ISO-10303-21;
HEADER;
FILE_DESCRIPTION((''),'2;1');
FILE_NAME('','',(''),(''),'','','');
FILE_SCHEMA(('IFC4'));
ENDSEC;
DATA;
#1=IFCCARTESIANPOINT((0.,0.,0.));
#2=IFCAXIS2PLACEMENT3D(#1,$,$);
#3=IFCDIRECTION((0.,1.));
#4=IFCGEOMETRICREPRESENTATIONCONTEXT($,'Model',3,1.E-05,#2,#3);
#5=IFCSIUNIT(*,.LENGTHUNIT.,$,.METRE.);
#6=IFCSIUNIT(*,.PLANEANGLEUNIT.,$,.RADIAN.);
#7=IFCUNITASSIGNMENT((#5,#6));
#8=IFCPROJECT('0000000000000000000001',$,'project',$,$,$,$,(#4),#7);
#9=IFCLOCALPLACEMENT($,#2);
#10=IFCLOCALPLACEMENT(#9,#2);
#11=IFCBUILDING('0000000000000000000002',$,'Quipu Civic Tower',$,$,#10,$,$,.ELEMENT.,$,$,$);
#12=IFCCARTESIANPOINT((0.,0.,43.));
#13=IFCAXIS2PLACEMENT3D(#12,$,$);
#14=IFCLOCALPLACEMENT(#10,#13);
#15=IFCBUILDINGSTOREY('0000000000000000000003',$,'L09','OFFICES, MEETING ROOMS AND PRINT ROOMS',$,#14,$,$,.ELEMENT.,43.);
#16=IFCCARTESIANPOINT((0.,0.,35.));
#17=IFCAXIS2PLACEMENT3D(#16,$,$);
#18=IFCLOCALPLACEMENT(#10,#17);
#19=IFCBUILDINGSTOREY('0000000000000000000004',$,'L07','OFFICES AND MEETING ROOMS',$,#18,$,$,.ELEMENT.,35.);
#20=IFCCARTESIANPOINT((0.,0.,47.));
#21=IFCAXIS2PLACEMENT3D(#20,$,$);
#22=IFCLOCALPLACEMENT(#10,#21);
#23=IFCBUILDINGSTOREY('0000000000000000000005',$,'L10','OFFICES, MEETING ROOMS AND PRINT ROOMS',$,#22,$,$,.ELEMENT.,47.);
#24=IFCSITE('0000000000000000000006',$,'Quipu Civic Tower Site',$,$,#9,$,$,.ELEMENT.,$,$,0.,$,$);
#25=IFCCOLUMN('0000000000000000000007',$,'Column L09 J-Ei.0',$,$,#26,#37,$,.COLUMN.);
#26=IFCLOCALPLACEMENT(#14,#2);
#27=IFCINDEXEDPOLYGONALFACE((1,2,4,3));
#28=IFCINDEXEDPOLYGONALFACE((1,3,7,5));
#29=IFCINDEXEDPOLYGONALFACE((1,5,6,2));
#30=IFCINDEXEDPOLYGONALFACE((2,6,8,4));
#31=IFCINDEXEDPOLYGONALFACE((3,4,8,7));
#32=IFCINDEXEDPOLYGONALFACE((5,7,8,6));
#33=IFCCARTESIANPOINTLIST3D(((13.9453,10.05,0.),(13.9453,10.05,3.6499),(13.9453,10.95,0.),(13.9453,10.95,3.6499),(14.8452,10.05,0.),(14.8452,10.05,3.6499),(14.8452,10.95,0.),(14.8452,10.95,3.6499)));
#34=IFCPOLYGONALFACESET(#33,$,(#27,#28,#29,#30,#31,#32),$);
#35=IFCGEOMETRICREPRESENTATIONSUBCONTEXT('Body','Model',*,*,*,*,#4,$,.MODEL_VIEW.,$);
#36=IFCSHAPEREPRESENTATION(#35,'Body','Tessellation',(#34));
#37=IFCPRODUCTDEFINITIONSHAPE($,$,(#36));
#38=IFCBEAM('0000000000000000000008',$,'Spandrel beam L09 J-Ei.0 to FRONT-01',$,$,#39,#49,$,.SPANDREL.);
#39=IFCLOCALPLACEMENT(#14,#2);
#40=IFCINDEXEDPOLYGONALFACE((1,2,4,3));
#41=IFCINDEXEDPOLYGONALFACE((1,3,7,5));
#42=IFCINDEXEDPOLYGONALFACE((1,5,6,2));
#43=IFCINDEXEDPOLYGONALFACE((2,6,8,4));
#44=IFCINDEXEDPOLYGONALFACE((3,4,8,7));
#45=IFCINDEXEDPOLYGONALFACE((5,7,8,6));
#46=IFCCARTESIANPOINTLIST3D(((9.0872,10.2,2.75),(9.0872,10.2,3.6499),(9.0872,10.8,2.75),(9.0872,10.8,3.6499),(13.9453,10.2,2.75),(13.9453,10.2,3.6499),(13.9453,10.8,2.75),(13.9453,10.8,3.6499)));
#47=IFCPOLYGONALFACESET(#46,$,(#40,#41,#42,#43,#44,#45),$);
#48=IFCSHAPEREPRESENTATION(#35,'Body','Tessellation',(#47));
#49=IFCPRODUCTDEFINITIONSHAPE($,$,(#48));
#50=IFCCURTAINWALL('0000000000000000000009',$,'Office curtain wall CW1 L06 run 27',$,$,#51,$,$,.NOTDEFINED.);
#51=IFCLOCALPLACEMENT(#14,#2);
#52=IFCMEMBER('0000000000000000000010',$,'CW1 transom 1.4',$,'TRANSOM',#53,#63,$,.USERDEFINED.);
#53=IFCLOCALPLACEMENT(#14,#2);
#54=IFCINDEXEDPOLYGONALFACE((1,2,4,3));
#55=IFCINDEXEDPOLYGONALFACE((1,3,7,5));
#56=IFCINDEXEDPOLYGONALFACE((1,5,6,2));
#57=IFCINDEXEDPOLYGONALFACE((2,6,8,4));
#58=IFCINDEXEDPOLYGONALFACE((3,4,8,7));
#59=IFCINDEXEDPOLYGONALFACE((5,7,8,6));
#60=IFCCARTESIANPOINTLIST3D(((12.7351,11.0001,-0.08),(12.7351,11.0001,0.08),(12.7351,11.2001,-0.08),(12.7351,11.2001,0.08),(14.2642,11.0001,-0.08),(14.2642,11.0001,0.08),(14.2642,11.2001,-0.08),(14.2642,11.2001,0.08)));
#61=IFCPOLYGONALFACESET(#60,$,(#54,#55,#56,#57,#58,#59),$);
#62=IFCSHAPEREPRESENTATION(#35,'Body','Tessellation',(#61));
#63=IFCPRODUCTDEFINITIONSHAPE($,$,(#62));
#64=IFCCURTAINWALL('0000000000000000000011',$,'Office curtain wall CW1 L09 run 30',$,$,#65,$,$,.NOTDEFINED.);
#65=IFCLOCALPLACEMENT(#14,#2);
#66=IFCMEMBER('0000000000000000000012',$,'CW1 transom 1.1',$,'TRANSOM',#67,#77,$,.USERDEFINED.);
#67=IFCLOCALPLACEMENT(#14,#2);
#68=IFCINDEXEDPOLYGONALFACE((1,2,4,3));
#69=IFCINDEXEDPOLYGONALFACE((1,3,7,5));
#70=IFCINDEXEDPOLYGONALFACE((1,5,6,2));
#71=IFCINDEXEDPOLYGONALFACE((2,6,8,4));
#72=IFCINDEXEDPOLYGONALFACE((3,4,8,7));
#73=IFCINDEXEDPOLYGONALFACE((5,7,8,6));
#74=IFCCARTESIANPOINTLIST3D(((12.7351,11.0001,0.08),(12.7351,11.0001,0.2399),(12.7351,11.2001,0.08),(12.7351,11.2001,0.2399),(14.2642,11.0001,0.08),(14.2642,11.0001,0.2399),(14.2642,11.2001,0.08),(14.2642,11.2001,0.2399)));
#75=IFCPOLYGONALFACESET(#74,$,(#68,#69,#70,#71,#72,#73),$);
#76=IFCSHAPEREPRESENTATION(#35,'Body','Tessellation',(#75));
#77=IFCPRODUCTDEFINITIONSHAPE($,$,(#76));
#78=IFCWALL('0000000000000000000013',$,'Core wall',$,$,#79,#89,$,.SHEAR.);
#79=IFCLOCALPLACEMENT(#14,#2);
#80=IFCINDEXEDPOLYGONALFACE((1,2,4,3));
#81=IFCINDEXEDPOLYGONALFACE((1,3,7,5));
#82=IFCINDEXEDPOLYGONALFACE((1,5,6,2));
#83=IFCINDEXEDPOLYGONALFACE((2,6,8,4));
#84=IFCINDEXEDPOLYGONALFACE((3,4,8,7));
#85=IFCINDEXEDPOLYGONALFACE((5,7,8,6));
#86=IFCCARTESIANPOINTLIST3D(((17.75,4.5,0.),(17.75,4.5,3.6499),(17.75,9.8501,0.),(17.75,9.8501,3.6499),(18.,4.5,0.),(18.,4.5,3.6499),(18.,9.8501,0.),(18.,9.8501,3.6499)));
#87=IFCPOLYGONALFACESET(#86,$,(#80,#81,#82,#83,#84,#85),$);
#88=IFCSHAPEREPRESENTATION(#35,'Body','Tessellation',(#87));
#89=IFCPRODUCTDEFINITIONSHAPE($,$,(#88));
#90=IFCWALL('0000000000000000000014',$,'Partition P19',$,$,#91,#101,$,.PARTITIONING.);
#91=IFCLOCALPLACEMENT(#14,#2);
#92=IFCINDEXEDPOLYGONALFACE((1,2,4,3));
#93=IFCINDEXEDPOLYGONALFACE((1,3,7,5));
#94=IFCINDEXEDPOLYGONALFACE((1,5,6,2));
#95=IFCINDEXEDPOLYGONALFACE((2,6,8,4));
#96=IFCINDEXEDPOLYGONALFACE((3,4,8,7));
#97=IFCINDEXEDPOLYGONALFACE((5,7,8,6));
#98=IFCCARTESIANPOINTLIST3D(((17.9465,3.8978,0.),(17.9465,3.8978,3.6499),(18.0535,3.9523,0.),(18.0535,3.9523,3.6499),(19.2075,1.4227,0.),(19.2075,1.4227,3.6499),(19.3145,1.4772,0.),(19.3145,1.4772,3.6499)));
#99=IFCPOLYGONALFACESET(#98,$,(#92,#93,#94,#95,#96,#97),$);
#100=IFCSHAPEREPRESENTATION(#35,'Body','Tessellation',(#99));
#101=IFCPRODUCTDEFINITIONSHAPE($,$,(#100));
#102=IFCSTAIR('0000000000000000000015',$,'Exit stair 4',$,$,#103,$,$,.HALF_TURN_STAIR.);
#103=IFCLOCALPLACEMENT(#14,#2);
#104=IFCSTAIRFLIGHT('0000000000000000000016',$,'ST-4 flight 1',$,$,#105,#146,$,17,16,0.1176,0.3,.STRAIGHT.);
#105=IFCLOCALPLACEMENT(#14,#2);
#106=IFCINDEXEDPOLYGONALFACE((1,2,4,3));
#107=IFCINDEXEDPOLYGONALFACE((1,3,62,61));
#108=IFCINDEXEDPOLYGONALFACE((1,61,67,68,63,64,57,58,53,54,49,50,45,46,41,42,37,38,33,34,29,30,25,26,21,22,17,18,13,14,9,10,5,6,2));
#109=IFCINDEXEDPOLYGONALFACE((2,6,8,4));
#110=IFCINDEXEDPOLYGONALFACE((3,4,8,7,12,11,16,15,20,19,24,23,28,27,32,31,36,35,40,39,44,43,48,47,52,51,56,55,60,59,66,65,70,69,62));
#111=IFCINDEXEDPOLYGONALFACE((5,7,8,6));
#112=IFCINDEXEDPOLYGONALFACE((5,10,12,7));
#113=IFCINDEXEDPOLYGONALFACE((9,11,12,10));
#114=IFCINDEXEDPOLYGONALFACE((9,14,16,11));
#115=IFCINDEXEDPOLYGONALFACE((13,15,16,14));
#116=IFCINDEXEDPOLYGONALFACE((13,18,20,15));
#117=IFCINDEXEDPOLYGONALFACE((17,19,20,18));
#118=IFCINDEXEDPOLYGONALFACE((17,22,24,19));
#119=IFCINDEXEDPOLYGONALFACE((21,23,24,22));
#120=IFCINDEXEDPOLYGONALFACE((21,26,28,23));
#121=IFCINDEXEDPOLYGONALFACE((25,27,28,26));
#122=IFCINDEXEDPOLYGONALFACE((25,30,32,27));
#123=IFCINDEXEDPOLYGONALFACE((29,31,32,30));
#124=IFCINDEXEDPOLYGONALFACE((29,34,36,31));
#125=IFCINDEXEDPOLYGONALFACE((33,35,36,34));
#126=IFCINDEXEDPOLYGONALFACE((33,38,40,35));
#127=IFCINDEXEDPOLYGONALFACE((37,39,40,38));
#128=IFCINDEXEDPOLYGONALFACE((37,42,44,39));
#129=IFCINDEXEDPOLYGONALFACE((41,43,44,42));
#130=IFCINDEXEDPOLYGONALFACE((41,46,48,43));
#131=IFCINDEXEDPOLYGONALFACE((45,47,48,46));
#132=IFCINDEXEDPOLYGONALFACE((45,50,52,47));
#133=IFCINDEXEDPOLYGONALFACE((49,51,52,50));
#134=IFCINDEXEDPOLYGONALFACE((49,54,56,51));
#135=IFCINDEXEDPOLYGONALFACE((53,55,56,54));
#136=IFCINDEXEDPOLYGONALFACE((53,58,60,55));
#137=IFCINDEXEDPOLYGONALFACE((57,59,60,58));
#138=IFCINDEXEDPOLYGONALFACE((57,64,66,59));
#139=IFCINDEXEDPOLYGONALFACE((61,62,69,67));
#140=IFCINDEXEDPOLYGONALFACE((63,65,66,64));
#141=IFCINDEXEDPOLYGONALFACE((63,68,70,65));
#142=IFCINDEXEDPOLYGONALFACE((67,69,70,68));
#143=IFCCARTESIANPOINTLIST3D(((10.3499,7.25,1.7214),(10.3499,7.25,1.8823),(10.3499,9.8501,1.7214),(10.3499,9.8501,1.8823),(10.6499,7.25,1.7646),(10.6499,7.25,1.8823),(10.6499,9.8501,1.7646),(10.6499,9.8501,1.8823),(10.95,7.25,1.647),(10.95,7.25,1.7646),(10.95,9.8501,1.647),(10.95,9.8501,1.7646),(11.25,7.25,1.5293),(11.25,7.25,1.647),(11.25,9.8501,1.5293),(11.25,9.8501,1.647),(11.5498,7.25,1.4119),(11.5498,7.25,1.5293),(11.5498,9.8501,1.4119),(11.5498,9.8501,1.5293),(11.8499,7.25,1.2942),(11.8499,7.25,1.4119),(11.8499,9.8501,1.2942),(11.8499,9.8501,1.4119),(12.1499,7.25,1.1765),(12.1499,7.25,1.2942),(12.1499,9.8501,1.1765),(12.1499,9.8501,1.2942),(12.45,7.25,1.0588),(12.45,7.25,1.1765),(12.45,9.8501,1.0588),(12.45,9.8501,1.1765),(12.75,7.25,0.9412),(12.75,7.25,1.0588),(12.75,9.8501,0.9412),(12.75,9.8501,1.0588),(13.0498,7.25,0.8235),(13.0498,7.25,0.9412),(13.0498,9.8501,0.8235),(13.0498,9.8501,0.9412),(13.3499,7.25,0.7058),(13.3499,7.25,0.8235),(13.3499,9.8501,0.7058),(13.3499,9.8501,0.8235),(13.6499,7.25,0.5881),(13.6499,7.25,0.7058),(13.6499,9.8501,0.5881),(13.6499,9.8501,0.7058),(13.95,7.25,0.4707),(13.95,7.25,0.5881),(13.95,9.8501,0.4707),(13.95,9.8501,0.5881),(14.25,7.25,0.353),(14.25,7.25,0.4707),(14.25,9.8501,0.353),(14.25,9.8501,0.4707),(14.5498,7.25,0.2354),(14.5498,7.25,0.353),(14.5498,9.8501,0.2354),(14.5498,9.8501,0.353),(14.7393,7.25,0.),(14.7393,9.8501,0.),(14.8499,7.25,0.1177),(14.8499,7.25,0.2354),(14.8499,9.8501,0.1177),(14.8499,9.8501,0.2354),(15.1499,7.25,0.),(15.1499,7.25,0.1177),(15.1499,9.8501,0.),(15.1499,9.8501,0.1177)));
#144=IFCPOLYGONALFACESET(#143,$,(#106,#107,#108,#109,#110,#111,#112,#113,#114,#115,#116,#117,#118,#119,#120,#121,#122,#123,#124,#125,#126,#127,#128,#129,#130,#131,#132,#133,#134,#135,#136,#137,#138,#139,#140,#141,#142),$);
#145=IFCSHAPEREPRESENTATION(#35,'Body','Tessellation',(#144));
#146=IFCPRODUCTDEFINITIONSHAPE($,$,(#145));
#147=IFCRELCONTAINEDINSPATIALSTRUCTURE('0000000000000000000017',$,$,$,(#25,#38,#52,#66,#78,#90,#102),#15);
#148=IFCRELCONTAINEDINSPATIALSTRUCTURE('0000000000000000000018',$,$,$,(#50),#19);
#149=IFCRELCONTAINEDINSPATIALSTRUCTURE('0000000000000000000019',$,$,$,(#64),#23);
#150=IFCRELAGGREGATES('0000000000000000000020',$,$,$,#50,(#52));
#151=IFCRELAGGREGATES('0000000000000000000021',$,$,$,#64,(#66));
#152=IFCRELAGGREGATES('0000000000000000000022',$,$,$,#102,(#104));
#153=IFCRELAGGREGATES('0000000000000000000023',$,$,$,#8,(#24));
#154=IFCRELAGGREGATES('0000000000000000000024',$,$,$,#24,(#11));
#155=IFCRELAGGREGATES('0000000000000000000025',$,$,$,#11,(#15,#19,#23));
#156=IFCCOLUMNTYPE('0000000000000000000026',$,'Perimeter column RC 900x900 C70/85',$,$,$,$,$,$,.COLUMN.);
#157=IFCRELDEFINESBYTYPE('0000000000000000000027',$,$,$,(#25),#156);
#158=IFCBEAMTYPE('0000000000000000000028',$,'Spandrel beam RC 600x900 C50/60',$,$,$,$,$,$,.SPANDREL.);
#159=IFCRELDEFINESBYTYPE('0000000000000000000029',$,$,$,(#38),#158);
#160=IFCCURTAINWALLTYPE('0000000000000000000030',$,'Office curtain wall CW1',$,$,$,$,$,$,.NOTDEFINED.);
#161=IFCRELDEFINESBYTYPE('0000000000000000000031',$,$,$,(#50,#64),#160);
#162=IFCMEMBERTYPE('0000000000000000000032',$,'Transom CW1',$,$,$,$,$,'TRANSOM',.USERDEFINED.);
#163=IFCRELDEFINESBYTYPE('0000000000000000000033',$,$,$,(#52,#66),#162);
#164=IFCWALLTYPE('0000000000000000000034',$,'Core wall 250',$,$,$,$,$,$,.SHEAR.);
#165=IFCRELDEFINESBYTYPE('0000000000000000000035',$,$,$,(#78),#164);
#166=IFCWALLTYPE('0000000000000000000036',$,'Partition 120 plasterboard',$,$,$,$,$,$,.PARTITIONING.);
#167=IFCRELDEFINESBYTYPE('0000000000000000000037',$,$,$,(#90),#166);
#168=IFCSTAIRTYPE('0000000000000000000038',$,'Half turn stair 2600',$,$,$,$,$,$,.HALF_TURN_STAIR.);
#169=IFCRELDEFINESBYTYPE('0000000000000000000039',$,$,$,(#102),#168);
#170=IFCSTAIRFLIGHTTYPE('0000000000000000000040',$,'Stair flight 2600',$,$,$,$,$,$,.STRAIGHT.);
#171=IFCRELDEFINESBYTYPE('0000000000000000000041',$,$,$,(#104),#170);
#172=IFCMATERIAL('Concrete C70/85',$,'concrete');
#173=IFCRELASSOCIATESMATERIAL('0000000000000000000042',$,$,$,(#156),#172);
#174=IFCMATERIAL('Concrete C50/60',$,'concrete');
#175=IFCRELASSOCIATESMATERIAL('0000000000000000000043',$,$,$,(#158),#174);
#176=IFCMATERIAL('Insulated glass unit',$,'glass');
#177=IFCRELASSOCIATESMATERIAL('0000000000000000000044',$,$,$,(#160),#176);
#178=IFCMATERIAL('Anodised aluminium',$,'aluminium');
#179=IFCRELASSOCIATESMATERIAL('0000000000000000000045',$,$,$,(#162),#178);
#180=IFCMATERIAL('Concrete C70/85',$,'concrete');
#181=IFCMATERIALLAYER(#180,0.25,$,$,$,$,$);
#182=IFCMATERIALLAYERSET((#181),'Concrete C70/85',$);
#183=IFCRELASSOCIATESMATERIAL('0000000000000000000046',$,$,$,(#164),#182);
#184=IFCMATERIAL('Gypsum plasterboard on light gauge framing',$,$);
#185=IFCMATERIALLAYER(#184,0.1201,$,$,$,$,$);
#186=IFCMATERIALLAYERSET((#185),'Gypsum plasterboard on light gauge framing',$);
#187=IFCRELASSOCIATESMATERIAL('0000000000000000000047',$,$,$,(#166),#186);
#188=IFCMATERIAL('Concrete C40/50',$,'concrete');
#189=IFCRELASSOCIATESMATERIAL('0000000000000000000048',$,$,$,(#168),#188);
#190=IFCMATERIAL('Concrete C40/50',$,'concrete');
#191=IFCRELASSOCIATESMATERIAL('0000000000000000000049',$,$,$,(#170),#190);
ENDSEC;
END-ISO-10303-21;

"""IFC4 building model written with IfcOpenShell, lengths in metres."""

from ifc_helpers import new_model, si_unit, direction, frame, frame_2d, origin, origin_2d, place, context, subcontext, project, spatial, polyline, rectangle, outline, extrude, material, layer, layer_set, material_profile, profile_set, type_object, element, aggregate, save


model = new_model("IFC4")

# Units and contexts
model_context = context("Model", 3, precision=1e-05, world=origin(), true_north=direction((0.0, 1.0)))
body_context = subcontext(model_context, "Body", "Model", "MODEL_VIEW")
ifc_project = project(units=[si_unit("LENGTHUNIT", "METRE"), si_unit("PLANEANGLEUNIT", "RADIAN")], contexts=[model_context])

# Site, building, storey
site_placement = place(None, origin())
site = spatial("IfcSite", under=ifc_project, at=site_placement, Name="Quipu Civic Tower Site", CompositionType="ELEMENT", RefElevation=0.0)
building_placement = place(site_placement, origin())
building = spatial("IfcBuilding", under=site, at=building_placement, Name="Quipu Civic Tower", CompositionType="ELEMENT")
storey_1_placement = place(building_placement, frame((0.0, 0.0, 43.0)))
storey_1 = spatial("IfcBuildingStorey", under=building, at=storey_1_placement, Name="L09", Description="OFFICES, MEETING ROOMS AND PRINT ROOMS", CompositionType="ELEMENT", Elevation=43.0)

# Column
ifc_material_1 = material(Name="Concrete C70/85", Category="concrete")
ifc_material_profile_1 = material_profile(ifc_material_1, rectangle(XDim=0.8999, YDim=0.8999, at=origin_2d()), Name="RC900x900")
ifc_profile_set_1 = profile_set([ifc_material_profile_1], Name="Concrete C70/85")
column_type = type_object("IfcColumnType", Name="Perimeter column RC 900x900 C70/85", PredefinedType="COLUMN", material=ifc_profile_set_1)
column_placement = place(storey_1_placement, frame((14.3953, 10.5, 0.0), z_axis=(0.0, 0.0, 1.0), x_axis=(-1.0, 0.0, 0.0)))
element("IfcColumn", 1, at=column_placement, inside=storey_1, type_object=column_type, Name="Column L09 J-Ei.0", PredefinedType="COLUMN", context=body_context, shape_type="SweptSolid", body=[
    extrude(rectangle(XDim=0.8999, YDim=0.8999, at=origin_2d()), origin(), (0.0, 0.0, 1.0), 3.6499),
])

# Beam
ifc_material_2 = material(Name="Concrete C50/60", Category="concrete")
ifc_material_profile_2 = material_profile(ifc_material_2, rectangle(XDim=0.6001, YDim=0.8999, at=origin_2d()), Name="RC600x900")
ifc_profile_set_2 = profile_set([ifc_material_profile_2], Name="Concrete C50/60")
beam_type = type_object("IfcBeamType", Name="Spandrel beam RC 600x900 C50/60", PredefinedType="SPANDREL", material=ifc_profile_set_2)
beam_placement = place(storey_1_placement, frame((13.9453, 10.5, 3.2), z_axis=(-1.0, 0.0, 0.0), x_axis=(0.0, -1.0, 0.0)))
element("IfcBeam", 2, at=beam_placement, inside=storey_1, type_object=beam_type, Name="Spandrel beam L09 J-Ei.0 to FRONT-01", PredefinedType="SPANDREL", context=body_context, shape_type="SweptSolid", body=[
    extrude(rectangle(XDim=0.6001, YDim=0.8999, at=origin_2d()), origin(), (0.0, 0.0, 1.0), 4.8582),
])

# Shared definitions
storey_2_placement = place(building_placement, frame((0.0, 0.0, 35.0)))
storey_2 = spatial("IfcBuildingStorey", under=building, at=storey_2_placement, Name="L07", Description="OFFICES AND MEETING ROOMS", CompositionType="ELEMENT", Elevation=35.0)

# Curtain wall, member
ifc_material_3 = material(Name="Insulated glass unit", Category="glass")
curtain_wall_type = type_object("IfcCurtainWallType", Name="Office curtain wall CW1", PredefinedType="NOTDEFINED", material=ifc_material_3)
curtain_wall_1_placement = place(storey_2_placement, origin())
curtain_wall_1 = element("IfcCurtainWall", 3, at=curtain_wall_1_placement, inside=storey_2, type_object=curtain_wall_type, Name="Office curtain wall CW1 L06 run 27", PredefinedType="NOTDEFINED")
ifc_material_4 = material(Name="Anodised aluminium", Category="aluminium")
ifc_material_profile_3 = material_profile(ifc_material_4, rectangle(XDim=0.2, YDim=0.1599, at=origin_2d()), Name="RECT 200x160")
ifc_profile_set_3 = profile_set([ifc_material_profile_3], Name="Anodised aluminium")
member_type = type_object("IfcMemberType", Name="Transom CW1", ElementType="TRANSOM", PredefinedType="USERDEFINED", material=ifc_profile_set_3)
member_1_placement = place(storey_1_placement, frame((14.2642, 11.1001, 0.0), z_axis=(-1.0, 0.0, 0.0), x_axis=(0.0, -1.0, 0.0)))
member_1 = element("IfcMember", 4, at=member_1_placement, inside=storey_1, type_object=member_type, Name="CW1 transom 1.4", ObjectType="TRANSOM", PredefinedType="USERDEFINED", context=body_context, shape_type="SweptSolid", body=[
    extrude(rectangle(XDim=0.2, YDim=0.1599, at=origin_2d()), origin(), (0.0, 0.0, 1.0), 1.5291),
])
aggregate(curtain_wall_1, [member_1])

# Shared definitions
storey_3_placement = place(building_placement, frame((0.0, 0.0, 47.0)))
storey_3 = spatial("IfcBuildingStorey", under=building, at=storey_3_placement, Name="L10", Description="OFFICES, MEETING ROOMS AND PRINT ROOMS", CompositionType="ELEMENT", Elevation=47.0)

# Curtain wall, member
curtain_wall_2_placement = place(storey_3_placement, origin())
curtain_wall_2 = element("IfcCurtainWall", 5, at=curtain_wall_2_placement, inside=storey_3, type_object=curtain_wall_type, Name="Office curtain wall CW1 L09 run 30", PredefinedType="NOTDEFINED")
member_2_placement = place(storey_1_placement, frame((14.2642, 11.1001, 0.1599), z_axis=(-1.0, 0.0, 0.0), x_axis=(0.0, -1.0, 0.0)))
member_2 = element("IfcMember", 6, at=member_2_placement, inside=storey_1, type_object=member_type, Name="CW1 transom 1.1", ObjectType="TRANSOM", PredefinedType="USERDEFINED", context=body_context, shape_type="SweptSolid", body=[
    extrude(rectangle(XDim=0.2, YDim=0.1599, at=origin_2d()), origin(), (0.0, 0.0, 1.0), 1.5291),
])
aggregate(curtain_wall_2, [member_2])

# Walls
ifc_material_5 = material(Name="Concrete C70/85", Category="concrete")
ifc_layer_1 = layer(ifc_material_5, 0.25)
ifc_layer_set_1 = layer_set([ifc_layer_1], Name="Concrete C70/85")
wall_type_1 = type_object("IfcWallType", Name="Core wall 250", PredefinedType="SHEAR", material=ifc_layer_set_1)
wall_1_placement = place(storey_1_placement, frame((17.875, 4.5, 0.0), z_axis=(0.0, 0.0, 1.0), x_axis=(0.0, 1.0, 0.0)))
element("IfcWall", 7, at=wall_1_placement, inside=storey_1, type_object=wall_type_1, Name="Core wall", PredefinedType="SHEAR", context=body_context, shape_type="SweptSolid", body=[
    extrude(rectangle(XDim=5.3501, YDim=0.25, at=frame_2d((2.675, 0.0))), origin(), (0.0, 0.0, 1.0), 3.6499),
])
ifc_material_6 = material(Name="Gypsum plasterboard on light gauge framing")
ifc_layer_2 = layer(ifc_material_6, 0.1201)
ifc_layer_set_2 = layer_set([ifc_layer_2], Name="Gypsum plasterboard on light gauge framing")
wall_type_2 = type_object("IfcWallType", Name="Partition 120 plasterboard", PredefinedType="PARTITIONING", material=ifc_layer_set_2)
wall_2_placement = place(storey_1_placement, frame((18.0, 3.925, 0.0), z_axis=(0.0, 0.0, 1.0), x_axis=(0.453951, -0.891027, 0.0)))
element("IfcWall", 8, at=wall_2_placement, inside=storey_1, type_object=wall_type_2, Name="Partition P19", PredefinedType="PARTITIONING", context=body_context, shape_type="SweptSolid", body=[
    extrude(rectangle(XDim=2.7778, YDim=0.1201, at=frame_2d((1.3889, 0.0))), origin(), (0.0, 0.0, 1.0), 3.6499),
])

# Stair, stair flight
ifc_material_7 = material(Name="Concrete C40/50", Category="concrete")
stair_type = type_object("IfcStairType", Name="Half turn stair 2600", PredefinedType="HALF_TURN_STAIR", material=ifc_material_7)
stair_placement = place(storey_1_placement, origin())
stair = element("IfcStair", 9, at=stair_placement, inside=storey_1, type_object=stair_type, Name="Exit stair 4", PredefinedType="HALF_TURN_STAIR")
ifc_material_8 = material(Name="Concrete C40/50", Category="concrete")
stair_flight_type = type_object("IfcStairFlightType", Name="Stair flight 2600", PredefinedType="STRAIGHT", material=ifc_material_8)
stair_flight_placement = place(storey_1_placement, frame((15.1499, 8.55, 0.0), z_axis=(0.0, 0.0, 1.0), x_axis=(-1.0, 0.0, 0.0)))
stair_flight = element("IfcStairFlight", 10, at=stair_flight_placement, type_object=stair_flight_type, Name="ST-4 flight 1", NumberOfRisers=17, NumberOfTreads=16, PredefinedType="STRAIGHT", RiserHeight=0.1176, TreadLength=0.3, context=body_context, shape_type="SweptSolid", body=[
    extrude(outline(polyline([(0.0, 0.0), (0.0, 0.1177), (0.3, 0.1177), (0.3, 0.2354), (0.6001, 0.2354), (0.6001, 0.353), (0.8999, 0.353), (0.8999, 0.4707), (1.2, 0.4707), (1.2, 0.5881), (1.5, 0.5881), (1.5, 0.7058), (1.8, 0.7058), (1.8, 0.8235), (2.1001, 0.8235), (2.1001, 0.9412), (2.3999, 0.9412), (2.3999, 1.0588), (2.7, 1.0588), (2.7, 1.1765), (3.0, 1.1765), (3.0, 1.2942), (3.3, 1.2942), (3.3, 1.4119), (3.6001, 1.4119), (3.6001, 1.5293), (3.8999, 1.5293), (3.8999, 1.647), (4.2, 1.647), (4.2, 1.7646), (4.5, 1.7646), (4.5, 1.8823), (4.8, 1.8823), (4.8, 2.0), (4.8, 1.7214), (0.4106, 0.0), (0.0, 0.0)])), frame((0.0, 1.3, 0.0), z_axis=(0.0, -1.0, 0.0), x_axis=(1.0, 0.0, 0.0)), (0.0, 0.0, 1.0), 2.6001),
])
aggregate(stair, [stair_flight])

save(model, "model.ifc")
